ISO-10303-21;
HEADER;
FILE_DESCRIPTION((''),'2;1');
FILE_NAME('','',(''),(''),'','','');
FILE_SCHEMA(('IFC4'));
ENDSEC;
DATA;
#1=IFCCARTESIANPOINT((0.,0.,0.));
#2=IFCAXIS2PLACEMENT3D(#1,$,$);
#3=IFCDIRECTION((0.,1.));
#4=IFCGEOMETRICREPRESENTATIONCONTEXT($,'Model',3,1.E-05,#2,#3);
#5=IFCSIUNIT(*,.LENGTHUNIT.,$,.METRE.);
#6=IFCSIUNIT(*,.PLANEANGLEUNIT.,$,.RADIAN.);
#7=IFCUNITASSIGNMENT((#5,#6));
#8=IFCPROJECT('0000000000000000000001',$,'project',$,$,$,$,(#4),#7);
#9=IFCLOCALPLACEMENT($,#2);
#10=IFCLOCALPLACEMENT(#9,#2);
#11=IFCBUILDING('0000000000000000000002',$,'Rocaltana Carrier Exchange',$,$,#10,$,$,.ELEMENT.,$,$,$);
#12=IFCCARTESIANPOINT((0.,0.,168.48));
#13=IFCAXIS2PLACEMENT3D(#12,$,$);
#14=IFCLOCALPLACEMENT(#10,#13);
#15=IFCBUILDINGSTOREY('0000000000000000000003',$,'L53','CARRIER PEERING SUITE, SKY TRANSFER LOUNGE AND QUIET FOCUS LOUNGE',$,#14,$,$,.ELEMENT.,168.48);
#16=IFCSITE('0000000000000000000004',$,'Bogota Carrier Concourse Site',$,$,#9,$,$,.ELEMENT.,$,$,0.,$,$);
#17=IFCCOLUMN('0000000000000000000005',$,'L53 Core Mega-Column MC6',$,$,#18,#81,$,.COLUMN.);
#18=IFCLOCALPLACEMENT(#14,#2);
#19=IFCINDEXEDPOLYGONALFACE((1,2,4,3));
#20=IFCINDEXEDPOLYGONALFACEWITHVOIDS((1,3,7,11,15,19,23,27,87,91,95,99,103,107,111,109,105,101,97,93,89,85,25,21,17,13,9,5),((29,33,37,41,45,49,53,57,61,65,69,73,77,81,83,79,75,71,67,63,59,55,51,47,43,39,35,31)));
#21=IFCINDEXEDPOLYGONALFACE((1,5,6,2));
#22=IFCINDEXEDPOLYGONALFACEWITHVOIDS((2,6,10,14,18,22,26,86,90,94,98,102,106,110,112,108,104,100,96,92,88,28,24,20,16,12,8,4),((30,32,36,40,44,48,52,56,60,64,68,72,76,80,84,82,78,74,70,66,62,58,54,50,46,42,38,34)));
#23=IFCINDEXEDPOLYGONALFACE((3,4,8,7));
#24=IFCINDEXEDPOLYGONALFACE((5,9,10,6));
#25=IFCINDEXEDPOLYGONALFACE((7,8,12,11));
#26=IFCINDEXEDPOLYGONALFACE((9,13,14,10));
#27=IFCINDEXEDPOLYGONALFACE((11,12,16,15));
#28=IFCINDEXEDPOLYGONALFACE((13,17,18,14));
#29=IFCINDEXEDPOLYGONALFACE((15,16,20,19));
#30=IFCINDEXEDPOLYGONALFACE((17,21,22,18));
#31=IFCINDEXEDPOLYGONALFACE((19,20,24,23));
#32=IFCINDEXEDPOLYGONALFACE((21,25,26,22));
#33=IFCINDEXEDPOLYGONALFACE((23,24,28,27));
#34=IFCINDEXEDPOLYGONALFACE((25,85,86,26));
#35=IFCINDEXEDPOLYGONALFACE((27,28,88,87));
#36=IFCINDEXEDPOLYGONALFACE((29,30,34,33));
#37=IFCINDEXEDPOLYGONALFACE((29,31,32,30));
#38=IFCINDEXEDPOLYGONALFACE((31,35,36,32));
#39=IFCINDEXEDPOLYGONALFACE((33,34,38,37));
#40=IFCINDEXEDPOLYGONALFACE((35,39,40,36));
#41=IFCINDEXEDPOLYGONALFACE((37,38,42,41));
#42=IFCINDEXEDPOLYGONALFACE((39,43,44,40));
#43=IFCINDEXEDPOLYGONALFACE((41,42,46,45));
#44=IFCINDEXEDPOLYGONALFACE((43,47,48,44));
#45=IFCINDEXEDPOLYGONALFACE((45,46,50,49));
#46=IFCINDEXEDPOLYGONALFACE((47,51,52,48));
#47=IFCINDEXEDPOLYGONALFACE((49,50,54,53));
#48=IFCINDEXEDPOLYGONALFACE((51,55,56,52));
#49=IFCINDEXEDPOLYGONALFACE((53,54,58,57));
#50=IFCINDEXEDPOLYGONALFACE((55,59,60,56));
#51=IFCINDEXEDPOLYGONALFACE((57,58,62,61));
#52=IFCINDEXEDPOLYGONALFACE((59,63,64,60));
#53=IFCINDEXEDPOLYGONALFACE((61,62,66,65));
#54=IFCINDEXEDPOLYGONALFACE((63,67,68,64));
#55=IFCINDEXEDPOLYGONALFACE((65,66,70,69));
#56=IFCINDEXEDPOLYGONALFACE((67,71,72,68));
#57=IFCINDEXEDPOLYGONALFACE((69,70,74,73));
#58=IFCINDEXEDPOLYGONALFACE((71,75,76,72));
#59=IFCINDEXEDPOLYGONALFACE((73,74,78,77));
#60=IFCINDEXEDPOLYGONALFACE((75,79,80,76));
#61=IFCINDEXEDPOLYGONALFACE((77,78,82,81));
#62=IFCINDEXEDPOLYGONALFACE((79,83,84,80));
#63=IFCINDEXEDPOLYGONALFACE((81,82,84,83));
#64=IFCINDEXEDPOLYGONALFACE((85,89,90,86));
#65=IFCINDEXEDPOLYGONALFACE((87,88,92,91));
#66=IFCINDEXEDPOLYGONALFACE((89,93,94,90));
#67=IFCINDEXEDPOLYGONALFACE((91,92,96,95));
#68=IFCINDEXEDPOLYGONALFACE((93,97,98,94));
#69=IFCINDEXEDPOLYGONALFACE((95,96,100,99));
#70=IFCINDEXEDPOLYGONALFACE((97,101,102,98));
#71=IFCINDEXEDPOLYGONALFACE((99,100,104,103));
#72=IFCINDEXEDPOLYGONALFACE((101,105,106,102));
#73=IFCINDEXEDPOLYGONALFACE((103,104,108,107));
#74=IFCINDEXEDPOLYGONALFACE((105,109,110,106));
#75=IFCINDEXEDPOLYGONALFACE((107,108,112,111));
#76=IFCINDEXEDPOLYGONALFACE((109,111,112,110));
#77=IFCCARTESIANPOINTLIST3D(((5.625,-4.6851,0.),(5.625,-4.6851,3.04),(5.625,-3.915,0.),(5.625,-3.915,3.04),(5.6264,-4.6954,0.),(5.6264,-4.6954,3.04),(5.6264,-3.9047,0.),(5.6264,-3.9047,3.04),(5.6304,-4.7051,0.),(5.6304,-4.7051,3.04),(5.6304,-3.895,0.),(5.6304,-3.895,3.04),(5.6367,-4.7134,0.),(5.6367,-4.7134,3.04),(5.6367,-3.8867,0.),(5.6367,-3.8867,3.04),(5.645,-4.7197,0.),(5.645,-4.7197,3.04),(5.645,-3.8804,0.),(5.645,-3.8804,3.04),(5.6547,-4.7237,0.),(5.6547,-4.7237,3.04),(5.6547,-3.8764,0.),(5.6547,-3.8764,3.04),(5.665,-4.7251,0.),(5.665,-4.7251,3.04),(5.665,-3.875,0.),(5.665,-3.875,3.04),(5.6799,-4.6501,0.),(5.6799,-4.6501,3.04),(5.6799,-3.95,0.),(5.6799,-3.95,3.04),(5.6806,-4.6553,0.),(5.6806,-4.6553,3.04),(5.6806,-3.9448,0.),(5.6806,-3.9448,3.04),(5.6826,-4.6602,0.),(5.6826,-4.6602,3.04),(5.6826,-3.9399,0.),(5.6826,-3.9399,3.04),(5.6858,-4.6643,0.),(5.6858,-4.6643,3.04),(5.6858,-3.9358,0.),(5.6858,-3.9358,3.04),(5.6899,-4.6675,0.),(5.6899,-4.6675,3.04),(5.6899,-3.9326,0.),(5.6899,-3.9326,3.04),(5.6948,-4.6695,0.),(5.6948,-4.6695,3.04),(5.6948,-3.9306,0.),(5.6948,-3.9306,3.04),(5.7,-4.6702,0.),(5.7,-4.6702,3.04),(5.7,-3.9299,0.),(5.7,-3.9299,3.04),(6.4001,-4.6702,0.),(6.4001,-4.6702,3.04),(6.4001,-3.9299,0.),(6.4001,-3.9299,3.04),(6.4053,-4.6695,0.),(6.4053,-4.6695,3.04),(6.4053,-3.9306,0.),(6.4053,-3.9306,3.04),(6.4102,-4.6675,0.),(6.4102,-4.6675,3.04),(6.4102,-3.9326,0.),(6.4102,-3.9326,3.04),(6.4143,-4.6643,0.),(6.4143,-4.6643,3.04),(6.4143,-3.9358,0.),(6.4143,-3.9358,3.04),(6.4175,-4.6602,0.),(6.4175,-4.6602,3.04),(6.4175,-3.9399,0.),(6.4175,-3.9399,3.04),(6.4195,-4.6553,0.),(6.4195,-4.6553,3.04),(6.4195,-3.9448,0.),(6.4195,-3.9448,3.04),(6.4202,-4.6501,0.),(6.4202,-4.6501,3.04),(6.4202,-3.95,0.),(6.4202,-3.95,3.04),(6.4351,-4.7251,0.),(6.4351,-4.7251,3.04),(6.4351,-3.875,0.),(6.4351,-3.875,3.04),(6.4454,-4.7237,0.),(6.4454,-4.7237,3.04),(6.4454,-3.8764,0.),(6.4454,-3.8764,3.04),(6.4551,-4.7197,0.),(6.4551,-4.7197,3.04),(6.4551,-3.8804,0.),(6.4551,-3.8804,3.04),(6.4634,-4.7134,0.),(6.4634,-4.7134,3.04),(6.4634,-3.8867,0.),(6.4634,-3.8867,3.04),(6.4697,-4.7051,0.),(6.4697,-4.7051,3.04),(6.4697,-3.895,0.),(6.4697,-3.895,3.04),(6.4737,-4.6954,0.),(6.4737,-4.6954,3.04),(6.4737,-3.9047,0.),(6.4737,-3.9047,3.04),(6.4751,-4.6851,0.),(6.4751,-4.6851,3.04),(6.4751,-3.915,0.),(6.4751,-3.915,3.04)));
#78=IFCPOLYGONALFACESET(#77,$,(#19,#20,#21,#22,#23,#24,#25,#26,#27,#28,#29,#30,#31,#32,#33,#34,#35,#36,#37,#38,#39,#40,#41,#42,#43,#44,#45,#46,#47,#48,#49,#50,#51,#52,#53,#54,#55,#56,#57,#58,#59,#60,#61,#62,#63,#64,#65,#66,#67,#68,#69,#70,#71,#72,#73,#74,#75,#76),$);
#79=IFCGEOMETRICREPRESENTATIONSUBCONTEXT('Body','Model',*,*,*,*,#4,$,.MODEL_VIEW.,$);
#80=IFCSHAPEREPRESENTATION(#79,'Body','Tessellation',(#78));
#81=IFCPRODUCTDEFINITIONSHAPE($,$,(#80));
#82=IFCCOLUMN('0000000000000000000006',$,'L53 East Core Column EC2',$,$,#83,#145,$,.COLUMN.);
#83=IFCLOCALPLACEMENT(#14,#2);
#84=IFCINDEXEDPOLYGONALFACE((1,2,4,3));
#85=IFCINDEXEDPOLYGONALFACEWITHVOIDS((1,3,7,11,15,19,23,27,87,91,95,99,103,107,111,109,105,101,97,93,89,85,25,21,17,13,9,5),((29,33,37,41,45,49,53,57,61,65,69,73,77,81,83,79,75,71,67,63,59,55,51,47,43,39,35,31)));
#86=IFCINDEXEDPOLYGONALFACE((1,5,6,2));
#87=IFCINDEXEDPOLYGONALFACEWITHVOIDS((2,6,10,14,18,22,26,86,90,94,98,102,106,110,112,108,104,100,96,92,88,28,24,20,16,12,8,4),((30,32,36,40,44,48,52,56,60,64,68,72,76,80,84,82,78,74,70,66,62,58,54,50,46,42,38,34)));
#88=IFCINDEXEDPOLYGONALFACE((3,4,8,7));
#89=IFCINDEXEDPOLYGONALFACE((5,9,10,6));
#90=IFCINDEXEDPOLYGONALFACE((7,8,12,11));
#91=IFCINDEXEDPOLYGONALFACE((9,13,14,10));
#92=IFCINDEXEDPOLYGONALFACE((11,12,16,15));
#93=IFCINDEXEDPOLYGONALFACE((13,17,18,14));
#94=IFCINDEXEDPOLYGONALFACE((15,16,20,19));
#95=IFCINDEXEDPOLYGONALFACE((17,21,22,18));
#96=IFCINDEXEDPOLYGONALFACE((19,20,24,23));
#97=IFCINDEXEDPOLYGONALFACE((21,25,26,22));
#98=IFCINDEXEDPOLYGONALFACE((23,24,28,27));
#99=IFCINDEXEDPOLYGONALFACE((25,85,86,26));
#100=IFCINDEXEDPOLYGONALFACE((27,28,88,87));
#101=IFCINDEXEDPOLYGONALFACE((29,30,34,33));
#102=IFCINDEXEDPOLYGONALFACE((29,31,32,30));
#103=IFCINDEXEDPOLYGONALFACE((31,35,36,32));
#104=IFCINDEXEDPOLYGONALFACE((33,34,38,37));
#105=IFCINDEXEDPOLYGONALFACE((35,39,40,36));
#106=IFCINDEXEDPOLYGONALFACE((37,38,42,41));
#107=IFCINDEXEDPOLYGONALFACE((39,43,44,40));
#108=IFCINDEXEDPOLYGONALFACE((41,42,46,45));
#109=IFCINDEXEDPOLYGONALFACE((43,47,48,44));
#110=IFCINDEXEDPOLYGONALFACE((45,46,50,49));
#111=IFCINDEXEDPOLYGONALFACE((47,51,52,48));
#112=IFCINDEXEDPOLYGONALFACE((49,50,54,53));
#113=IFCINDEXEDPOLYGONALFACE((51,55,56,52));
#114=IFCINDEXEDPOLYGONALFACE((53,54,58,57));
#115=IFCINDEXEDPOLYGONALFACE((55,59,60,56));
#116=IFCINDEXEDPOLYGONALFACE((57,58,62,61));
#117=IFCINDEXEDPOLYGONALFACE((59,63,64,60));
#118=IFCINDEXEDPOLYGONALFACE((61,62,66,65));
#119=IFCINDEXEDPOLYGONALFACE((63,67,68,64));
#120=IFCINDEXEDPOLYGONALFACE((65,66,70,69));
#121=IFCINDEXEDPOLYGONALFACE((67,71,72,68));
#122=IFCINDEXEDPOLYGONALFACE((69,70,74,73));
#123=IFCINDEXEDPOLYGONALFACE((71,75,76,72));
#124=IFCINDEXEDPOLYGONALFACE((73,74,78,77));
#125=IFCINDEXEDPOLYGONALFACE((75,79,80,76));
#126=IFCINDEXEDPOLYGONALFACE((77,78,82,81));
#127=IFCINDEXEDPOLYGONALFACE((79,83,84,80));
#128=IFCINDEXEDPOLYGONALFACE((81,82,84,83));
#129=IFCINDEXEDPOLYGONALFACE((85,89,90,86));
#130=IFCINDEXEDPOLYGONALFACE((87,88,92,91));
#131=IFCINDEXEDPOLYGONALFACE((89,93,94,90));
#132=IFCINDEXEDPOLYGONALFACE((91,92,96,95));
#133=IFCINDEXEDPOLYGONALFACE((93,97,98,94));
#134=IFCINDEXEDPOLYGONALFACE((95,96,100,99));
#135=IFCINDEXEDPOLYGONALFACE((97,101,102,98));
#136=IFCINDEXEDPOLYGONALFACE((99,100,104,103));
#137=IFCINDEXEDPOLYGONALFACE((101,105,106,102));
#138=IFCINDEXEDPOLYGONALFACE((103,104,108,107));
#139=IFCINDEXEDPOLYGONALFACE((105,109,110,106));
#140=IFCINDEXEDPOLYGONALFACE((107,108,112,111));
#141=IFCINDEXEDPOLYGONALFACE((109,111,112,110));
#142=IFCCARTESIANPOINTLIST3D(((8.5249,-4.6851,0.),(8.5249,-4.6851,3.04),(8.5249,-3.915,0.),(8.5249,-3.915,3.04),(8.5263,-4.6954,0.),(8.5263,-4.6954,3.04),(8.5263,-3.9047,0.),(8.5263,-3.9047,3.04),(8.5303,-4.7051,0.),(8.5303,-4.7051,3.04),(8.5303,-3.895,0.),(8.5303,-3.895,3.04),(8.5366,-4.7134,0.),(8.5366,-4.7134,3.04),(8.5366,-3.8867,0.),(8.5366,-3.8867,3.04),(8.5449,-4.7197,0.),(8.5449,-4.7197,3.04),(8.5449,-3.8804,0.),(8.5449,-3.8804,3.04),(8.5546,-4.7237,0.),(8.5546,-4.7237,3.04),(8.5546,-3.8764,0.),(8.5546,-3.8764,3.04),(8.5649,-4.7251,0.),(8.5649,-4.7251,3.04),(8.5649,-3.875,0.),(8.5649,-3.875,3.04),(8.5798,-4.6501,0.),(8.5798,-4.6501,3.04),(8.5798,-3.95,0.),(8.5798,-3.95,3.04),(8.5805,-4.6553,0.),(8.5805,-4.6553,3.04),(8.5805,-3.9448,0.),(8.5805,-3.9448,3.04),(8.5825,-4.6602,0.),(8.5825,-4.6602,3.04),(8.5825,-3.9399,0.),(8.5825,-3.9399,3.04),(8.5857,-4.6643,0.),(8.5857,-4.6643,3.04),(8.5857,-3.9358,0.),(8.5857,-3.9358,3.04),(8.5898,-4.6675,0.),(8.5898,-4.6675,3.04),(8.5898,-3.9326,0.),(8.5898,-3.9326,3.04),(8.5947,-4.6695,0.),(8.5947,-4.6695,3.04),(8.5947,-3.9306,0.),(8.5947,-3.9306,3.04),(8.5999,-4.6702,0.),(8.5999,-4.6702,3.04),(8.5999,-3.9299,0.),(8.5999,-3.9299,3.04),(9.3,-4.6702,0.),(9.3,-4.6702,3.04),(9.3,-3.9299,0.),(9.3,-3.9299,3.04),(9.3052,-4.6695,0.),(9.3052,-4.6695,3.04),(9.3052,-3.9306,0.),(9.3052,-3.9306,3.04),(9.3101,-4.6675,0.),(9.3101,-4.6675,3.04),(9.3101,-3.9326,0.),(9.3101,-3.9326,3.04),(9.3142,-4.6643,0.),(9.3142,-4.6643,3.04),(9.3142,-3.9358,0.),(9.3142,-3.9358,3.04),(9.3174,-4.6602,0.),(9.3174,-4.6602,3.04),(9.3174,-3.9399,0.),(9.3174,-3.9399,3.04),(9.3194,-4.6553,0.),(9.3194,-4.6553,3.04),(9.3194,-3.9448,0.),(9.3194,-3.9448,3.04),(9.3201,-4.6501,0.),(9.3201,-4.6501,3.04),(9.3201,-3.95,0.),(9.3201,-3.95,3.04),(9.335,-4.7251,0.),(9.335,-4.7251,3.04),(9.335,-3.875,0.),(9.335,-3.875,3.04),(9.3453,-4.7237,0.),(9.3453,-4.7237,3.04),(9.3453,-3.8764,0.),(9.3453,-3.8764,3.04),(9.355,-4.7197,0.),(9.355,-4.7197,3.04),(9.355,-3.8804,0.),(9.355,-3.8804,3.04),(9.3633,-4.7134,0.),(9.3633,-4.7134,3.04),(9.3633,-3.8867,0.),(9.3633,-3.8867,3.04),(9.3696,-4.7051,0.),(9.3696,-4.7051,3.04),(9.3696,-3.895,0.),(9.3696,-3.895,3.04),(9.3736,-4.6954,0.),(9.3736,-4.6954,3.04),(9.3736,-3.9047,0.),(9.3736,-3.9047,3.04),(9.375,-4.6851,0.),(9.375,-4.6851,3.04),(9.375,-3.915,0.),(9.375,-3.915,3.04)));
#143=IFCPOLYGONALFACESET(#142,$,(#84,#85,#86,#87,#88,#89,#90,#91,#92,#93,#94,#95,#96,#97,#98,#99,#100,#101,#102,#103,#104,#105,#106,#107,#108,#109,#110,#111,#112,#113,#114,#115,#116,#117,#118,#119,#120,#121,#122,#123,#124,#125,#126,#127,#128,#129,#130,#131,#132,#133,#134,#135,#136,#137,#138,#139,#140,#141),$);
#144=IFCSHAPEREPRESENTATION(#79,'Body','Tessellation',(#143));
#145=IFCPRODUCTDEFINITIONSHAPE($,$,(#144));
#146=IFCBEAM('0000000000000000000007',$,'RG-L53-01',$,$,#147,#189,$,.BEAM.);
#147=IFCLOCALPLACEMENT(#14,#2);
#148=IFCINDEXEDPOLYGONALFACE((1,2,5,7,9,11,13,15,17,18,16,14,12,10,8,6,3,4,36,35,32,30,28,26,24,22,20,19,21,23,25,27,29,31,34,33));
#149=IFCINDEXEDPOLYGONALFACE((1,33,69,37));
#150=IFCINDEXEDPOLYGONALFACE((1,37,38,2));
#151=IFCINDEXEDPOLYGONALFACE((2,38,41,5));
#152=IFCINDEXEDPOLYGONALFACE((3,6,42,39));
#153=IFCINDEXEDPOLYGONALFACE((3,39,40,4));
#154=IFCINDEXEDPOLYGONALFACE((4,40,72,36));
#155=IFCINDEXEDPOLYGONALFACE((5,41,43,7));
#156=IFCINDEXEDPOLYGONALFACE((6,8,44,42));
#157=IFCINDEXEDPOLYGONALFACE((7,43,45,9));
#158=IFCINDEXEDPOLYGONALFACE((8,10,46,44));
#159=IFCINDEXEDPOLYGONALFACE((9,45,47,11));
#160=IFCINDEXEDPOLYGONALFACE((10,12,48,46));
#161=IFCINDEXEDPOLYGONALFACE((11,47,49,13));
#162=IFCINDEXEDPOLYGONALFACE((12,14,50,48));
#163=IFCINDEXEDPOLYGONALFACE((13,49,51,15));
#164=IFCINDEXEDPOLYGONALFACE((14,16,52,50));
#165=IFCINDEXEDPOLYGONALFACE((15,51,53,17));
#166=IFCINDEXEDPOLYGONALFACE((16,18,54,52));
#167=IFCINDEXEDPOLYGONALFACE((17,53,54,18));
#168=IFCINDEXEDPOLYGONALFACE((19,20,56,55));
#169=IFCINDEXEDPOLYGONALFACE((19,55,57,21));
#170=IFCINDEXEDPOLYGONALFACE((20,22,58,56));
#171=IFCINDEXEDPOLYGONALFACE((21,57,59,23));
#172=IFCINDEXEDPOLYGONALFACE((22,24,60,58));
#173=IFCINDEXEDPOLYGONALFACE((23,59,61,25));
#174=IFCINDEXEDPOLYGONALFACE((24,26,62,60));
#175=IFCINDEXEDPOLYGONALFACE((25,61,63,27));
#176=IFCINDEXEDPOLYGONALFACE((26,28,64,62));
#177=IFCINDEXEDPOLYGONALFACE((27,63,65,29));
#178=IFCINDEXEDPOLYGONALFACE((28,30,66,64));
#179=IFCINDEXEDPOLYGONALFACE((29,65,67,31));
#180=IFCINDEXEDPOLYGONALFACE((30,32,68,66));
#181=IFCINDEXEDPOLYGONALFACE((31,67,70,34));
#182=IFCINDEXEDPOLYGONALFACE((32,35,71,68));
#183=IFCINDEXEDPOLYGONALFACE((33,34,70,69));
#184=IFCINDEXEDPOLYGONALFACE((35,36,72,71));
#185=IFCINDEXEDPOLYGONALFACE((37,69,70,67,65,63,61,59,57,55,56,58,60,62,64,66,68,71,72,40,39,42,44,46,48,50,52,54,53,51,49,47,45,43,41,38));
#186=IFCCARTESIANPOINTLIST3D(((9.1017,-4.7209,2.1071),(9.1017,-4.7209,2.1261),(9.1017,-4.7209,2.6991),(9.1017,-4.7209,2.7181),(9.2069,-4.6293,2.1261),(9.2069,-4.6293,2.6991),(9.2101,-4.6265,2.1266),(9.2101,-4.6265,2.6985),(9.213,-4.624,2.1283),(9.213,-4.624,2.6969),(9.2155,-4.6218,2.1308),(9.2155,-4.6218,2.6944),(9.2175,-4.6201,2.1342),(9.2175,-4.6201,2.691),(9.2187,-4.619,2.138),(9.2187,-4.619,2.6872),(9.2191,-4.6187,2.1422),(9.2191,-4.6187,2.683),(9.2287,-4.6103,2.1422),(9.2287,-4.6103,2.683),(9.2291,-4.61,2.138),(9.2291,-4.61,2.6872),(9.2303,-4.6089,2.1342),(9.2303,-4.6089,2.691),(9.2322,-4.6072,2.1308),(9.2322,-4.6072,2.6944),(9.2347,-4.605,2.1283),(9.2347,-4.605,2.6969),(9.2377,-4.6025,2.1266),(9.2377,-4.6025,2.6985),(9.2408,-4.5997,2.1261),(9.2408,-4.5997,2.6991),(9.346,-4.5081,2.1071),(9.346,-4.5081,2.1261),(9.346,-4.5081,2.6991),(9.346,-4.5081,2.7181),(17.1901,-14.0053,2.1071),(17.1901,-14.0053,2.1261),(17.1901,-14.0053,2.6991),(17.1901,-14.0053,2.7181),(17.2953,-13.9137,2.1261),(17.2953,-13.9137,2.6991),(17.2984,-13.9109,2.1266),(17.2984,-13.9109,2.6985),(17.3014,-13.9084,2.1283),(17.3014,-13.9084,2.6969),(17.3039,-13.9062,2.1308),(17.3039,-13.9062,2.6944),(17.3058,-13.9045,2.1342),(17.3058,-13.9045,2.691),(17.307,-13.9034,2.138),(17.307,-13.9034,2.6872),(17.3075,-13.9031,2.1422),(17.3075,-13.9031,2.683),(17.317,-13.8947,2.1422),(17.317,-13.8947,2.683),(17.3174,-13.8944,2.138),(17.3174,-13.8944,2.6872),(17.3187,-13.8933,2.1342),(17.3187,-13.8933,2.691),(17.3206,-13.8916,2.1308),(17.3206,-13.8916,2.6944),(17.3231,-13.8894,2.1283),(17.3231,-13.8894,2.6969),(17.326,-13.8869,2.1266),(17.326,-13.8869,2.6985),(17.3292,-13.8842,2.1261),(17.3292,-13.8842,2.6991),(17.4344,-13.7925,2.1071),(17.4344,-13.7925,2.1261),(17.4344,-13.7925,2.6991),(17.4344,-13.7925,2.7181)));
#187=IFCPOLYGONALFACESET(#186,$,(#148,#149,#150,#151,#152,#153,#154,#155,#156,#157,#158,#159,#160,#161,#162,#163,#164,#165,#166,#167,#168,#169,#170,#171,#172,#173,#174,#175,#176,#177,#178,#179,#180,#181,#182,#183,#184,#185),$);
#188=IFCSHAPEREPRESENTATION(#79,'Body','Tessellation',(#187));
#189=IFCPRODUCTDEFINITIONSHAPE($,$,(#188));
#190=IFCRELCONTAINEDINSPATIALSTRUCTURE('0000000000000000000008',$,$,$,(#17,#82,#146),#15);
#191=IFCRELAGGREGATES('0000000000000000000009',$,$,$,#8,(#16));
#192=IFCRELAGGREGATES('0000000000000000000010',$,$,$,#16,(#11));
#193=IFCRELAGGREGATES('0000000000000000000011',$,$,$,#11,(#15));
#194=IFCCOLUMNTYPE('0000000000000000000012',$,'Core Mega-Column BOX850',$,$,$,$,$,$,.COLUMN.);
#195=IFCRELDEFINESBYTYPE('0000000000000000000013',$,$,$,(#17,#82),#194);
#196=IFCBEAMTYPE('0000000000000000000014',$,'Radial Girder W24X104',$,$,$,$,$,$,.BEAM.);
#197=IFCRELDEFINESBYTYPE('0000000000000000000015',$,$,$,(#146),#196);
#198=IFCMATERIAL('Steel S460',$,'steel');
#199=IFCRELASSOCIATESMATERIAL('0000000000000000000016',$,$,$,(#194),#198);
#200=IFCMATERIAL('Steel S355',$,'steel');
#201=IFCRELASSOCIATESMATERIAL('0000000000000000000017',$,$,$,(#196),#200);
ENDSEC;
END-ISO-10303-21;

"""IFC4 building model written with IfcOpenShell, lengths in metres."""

from ifc_helpers import new_model, si_unit, direction, frame, origin, origin_2d, place, context, subcontext, project, spatial, hollow_rectangle, i_section, extrude, material, material_profile, profile_set, type_object, element, save


model = new_model("IFC4")

# Units and contexts
model_context = context("Model", 3, precision=1e-05, world=origin(), true_north=direction((0.0, 1.0)))
body_context = subcontext(model_context, "Body", "Model", "MODEL_VIEW")
ifc_project = project(units=[si_unit("LENGTHUNIT", "METRE"), si_unit("PLANEANGLEUNIT", "RADIAN")], contexts=[model_context])

# Site, building, storey
site_placement = place(None, origin())
site = spatial("IfcSite", under=ifc_project, at=site_placement, Name="Bogota Carrier Concourse Site", CompositionType="ELEMENT", RefElevation=0.0)
building_placement = place(site_placement, origin())
building = spatial("IfcBuilding", under=site, at=building_placement, Name="Rocaltana Carrier Exchange", CompositionType="ELEMENT")
storey_placement = place(building_placement, frame((0.0, 0.0, 168.48)))
storey = spatial("IfcBuildingStorey", under=building, at=storey_placement, Name="L53", Description="CARRIER PEERING SUITE, SKY TRANSFER LOUNGE AND QUIET FOCUS LOUNGE", CompositionType="ELEMENT", Elevation=168.48)

# Columns
ifc_material_1 = material(Name="Steel S460", Category="steel")
ifc_material_profile_1 = material_profile(ifc_material_1, hollow_rectangle(XDim=0.8501, YDim=0.8501, WallThickness=0.0549, InnerFilletRadius=0.02, OuterFilletRadius=0.04, at=origin_2d()), Name="BOX850X850X55")
ifc_profile_set_1 = profile_set([ifc_material_profile_1], Name="Steel S460")
column_type = type_object("IfcColumnType", Name="Core Mega-Column BOX850", PredefinedType="COLUMN", material=ifc_profile_set_1)
for number, where, z_axis, x_axis, name in (
    (1, (6.05, -4.3, 0.0), (0.0, 0.0, 1.0), (1.0, 0.0, 0.0), "L53 Core Mega-Column MC6"),
    (2, (8.95, -4.3, 0.0), (0.0, 0.0, 1.0), (1.0, 0.0, 0.0), "L53 East Core Column EC2"),
):
    element("IfcColumn", number, at=place(storey_placement, frame(where, z_axis=z_axis, x_axis=x_axis)), inside=storey, type_object=column_type, Name=name, PredefinedType="COLUMN", context=body_context, shape_type="SweptSolid", body=[
        extrude(hollow_rectangle(XDim=0.8501, YDim=0.8501, WallThickness=0.0549, InnerFilletRadius=0.02, OuterFilletRadius=0.04, at=origin_2d()), origin(), (0.0, 0.0, 1.0), 3.04),
    ])

# Beam
ifc_material_2 = material(Name="Steel S355", Category="steel")
ifc_material_profile_2 = material_profile(ifc_material_2, i_section(OverallWidth=0.324, OverallDepth=0.6111, WebThickness=0.0127, FlangeThickness=0.019, FilletRadius=0.0161, at=origin_2d()), Name="W24X104")
ifc_profile_set_2 = profile_set([ifc_material_profile_2], Name="Steel S355")
beam_type = type_object("IfcBeamType", Name="Radial Girder W24X104", PredefinedType="BEAM", material=ifc_profile_set_2)
beam_1_placement = place(storey_placement, frame((9.2239, -4.6145, 2.4126), z_axis=(0.656871, -0.754003, 0.0), x_axis=(0.754003, 0.656871, 0.0)))
element("IfcBeam", 3, at=beam_1_placement, inside=storey, type_object=beam_type, Name="RG-L53-01", PredefinedType="BEAM", context=body_context, shape_type="SweptSolid", body=[
    extrude(i_section(OverallWidth=0.324, OverallDepth=0.6111, WebThickness=0.0127, FlangeThickness=0.019, FilletRadius=0.0161, at=origin_2d()), origin(), (0.0, 0.0, 1.0), 12.3135),
])

save(model, "model.ifc")
